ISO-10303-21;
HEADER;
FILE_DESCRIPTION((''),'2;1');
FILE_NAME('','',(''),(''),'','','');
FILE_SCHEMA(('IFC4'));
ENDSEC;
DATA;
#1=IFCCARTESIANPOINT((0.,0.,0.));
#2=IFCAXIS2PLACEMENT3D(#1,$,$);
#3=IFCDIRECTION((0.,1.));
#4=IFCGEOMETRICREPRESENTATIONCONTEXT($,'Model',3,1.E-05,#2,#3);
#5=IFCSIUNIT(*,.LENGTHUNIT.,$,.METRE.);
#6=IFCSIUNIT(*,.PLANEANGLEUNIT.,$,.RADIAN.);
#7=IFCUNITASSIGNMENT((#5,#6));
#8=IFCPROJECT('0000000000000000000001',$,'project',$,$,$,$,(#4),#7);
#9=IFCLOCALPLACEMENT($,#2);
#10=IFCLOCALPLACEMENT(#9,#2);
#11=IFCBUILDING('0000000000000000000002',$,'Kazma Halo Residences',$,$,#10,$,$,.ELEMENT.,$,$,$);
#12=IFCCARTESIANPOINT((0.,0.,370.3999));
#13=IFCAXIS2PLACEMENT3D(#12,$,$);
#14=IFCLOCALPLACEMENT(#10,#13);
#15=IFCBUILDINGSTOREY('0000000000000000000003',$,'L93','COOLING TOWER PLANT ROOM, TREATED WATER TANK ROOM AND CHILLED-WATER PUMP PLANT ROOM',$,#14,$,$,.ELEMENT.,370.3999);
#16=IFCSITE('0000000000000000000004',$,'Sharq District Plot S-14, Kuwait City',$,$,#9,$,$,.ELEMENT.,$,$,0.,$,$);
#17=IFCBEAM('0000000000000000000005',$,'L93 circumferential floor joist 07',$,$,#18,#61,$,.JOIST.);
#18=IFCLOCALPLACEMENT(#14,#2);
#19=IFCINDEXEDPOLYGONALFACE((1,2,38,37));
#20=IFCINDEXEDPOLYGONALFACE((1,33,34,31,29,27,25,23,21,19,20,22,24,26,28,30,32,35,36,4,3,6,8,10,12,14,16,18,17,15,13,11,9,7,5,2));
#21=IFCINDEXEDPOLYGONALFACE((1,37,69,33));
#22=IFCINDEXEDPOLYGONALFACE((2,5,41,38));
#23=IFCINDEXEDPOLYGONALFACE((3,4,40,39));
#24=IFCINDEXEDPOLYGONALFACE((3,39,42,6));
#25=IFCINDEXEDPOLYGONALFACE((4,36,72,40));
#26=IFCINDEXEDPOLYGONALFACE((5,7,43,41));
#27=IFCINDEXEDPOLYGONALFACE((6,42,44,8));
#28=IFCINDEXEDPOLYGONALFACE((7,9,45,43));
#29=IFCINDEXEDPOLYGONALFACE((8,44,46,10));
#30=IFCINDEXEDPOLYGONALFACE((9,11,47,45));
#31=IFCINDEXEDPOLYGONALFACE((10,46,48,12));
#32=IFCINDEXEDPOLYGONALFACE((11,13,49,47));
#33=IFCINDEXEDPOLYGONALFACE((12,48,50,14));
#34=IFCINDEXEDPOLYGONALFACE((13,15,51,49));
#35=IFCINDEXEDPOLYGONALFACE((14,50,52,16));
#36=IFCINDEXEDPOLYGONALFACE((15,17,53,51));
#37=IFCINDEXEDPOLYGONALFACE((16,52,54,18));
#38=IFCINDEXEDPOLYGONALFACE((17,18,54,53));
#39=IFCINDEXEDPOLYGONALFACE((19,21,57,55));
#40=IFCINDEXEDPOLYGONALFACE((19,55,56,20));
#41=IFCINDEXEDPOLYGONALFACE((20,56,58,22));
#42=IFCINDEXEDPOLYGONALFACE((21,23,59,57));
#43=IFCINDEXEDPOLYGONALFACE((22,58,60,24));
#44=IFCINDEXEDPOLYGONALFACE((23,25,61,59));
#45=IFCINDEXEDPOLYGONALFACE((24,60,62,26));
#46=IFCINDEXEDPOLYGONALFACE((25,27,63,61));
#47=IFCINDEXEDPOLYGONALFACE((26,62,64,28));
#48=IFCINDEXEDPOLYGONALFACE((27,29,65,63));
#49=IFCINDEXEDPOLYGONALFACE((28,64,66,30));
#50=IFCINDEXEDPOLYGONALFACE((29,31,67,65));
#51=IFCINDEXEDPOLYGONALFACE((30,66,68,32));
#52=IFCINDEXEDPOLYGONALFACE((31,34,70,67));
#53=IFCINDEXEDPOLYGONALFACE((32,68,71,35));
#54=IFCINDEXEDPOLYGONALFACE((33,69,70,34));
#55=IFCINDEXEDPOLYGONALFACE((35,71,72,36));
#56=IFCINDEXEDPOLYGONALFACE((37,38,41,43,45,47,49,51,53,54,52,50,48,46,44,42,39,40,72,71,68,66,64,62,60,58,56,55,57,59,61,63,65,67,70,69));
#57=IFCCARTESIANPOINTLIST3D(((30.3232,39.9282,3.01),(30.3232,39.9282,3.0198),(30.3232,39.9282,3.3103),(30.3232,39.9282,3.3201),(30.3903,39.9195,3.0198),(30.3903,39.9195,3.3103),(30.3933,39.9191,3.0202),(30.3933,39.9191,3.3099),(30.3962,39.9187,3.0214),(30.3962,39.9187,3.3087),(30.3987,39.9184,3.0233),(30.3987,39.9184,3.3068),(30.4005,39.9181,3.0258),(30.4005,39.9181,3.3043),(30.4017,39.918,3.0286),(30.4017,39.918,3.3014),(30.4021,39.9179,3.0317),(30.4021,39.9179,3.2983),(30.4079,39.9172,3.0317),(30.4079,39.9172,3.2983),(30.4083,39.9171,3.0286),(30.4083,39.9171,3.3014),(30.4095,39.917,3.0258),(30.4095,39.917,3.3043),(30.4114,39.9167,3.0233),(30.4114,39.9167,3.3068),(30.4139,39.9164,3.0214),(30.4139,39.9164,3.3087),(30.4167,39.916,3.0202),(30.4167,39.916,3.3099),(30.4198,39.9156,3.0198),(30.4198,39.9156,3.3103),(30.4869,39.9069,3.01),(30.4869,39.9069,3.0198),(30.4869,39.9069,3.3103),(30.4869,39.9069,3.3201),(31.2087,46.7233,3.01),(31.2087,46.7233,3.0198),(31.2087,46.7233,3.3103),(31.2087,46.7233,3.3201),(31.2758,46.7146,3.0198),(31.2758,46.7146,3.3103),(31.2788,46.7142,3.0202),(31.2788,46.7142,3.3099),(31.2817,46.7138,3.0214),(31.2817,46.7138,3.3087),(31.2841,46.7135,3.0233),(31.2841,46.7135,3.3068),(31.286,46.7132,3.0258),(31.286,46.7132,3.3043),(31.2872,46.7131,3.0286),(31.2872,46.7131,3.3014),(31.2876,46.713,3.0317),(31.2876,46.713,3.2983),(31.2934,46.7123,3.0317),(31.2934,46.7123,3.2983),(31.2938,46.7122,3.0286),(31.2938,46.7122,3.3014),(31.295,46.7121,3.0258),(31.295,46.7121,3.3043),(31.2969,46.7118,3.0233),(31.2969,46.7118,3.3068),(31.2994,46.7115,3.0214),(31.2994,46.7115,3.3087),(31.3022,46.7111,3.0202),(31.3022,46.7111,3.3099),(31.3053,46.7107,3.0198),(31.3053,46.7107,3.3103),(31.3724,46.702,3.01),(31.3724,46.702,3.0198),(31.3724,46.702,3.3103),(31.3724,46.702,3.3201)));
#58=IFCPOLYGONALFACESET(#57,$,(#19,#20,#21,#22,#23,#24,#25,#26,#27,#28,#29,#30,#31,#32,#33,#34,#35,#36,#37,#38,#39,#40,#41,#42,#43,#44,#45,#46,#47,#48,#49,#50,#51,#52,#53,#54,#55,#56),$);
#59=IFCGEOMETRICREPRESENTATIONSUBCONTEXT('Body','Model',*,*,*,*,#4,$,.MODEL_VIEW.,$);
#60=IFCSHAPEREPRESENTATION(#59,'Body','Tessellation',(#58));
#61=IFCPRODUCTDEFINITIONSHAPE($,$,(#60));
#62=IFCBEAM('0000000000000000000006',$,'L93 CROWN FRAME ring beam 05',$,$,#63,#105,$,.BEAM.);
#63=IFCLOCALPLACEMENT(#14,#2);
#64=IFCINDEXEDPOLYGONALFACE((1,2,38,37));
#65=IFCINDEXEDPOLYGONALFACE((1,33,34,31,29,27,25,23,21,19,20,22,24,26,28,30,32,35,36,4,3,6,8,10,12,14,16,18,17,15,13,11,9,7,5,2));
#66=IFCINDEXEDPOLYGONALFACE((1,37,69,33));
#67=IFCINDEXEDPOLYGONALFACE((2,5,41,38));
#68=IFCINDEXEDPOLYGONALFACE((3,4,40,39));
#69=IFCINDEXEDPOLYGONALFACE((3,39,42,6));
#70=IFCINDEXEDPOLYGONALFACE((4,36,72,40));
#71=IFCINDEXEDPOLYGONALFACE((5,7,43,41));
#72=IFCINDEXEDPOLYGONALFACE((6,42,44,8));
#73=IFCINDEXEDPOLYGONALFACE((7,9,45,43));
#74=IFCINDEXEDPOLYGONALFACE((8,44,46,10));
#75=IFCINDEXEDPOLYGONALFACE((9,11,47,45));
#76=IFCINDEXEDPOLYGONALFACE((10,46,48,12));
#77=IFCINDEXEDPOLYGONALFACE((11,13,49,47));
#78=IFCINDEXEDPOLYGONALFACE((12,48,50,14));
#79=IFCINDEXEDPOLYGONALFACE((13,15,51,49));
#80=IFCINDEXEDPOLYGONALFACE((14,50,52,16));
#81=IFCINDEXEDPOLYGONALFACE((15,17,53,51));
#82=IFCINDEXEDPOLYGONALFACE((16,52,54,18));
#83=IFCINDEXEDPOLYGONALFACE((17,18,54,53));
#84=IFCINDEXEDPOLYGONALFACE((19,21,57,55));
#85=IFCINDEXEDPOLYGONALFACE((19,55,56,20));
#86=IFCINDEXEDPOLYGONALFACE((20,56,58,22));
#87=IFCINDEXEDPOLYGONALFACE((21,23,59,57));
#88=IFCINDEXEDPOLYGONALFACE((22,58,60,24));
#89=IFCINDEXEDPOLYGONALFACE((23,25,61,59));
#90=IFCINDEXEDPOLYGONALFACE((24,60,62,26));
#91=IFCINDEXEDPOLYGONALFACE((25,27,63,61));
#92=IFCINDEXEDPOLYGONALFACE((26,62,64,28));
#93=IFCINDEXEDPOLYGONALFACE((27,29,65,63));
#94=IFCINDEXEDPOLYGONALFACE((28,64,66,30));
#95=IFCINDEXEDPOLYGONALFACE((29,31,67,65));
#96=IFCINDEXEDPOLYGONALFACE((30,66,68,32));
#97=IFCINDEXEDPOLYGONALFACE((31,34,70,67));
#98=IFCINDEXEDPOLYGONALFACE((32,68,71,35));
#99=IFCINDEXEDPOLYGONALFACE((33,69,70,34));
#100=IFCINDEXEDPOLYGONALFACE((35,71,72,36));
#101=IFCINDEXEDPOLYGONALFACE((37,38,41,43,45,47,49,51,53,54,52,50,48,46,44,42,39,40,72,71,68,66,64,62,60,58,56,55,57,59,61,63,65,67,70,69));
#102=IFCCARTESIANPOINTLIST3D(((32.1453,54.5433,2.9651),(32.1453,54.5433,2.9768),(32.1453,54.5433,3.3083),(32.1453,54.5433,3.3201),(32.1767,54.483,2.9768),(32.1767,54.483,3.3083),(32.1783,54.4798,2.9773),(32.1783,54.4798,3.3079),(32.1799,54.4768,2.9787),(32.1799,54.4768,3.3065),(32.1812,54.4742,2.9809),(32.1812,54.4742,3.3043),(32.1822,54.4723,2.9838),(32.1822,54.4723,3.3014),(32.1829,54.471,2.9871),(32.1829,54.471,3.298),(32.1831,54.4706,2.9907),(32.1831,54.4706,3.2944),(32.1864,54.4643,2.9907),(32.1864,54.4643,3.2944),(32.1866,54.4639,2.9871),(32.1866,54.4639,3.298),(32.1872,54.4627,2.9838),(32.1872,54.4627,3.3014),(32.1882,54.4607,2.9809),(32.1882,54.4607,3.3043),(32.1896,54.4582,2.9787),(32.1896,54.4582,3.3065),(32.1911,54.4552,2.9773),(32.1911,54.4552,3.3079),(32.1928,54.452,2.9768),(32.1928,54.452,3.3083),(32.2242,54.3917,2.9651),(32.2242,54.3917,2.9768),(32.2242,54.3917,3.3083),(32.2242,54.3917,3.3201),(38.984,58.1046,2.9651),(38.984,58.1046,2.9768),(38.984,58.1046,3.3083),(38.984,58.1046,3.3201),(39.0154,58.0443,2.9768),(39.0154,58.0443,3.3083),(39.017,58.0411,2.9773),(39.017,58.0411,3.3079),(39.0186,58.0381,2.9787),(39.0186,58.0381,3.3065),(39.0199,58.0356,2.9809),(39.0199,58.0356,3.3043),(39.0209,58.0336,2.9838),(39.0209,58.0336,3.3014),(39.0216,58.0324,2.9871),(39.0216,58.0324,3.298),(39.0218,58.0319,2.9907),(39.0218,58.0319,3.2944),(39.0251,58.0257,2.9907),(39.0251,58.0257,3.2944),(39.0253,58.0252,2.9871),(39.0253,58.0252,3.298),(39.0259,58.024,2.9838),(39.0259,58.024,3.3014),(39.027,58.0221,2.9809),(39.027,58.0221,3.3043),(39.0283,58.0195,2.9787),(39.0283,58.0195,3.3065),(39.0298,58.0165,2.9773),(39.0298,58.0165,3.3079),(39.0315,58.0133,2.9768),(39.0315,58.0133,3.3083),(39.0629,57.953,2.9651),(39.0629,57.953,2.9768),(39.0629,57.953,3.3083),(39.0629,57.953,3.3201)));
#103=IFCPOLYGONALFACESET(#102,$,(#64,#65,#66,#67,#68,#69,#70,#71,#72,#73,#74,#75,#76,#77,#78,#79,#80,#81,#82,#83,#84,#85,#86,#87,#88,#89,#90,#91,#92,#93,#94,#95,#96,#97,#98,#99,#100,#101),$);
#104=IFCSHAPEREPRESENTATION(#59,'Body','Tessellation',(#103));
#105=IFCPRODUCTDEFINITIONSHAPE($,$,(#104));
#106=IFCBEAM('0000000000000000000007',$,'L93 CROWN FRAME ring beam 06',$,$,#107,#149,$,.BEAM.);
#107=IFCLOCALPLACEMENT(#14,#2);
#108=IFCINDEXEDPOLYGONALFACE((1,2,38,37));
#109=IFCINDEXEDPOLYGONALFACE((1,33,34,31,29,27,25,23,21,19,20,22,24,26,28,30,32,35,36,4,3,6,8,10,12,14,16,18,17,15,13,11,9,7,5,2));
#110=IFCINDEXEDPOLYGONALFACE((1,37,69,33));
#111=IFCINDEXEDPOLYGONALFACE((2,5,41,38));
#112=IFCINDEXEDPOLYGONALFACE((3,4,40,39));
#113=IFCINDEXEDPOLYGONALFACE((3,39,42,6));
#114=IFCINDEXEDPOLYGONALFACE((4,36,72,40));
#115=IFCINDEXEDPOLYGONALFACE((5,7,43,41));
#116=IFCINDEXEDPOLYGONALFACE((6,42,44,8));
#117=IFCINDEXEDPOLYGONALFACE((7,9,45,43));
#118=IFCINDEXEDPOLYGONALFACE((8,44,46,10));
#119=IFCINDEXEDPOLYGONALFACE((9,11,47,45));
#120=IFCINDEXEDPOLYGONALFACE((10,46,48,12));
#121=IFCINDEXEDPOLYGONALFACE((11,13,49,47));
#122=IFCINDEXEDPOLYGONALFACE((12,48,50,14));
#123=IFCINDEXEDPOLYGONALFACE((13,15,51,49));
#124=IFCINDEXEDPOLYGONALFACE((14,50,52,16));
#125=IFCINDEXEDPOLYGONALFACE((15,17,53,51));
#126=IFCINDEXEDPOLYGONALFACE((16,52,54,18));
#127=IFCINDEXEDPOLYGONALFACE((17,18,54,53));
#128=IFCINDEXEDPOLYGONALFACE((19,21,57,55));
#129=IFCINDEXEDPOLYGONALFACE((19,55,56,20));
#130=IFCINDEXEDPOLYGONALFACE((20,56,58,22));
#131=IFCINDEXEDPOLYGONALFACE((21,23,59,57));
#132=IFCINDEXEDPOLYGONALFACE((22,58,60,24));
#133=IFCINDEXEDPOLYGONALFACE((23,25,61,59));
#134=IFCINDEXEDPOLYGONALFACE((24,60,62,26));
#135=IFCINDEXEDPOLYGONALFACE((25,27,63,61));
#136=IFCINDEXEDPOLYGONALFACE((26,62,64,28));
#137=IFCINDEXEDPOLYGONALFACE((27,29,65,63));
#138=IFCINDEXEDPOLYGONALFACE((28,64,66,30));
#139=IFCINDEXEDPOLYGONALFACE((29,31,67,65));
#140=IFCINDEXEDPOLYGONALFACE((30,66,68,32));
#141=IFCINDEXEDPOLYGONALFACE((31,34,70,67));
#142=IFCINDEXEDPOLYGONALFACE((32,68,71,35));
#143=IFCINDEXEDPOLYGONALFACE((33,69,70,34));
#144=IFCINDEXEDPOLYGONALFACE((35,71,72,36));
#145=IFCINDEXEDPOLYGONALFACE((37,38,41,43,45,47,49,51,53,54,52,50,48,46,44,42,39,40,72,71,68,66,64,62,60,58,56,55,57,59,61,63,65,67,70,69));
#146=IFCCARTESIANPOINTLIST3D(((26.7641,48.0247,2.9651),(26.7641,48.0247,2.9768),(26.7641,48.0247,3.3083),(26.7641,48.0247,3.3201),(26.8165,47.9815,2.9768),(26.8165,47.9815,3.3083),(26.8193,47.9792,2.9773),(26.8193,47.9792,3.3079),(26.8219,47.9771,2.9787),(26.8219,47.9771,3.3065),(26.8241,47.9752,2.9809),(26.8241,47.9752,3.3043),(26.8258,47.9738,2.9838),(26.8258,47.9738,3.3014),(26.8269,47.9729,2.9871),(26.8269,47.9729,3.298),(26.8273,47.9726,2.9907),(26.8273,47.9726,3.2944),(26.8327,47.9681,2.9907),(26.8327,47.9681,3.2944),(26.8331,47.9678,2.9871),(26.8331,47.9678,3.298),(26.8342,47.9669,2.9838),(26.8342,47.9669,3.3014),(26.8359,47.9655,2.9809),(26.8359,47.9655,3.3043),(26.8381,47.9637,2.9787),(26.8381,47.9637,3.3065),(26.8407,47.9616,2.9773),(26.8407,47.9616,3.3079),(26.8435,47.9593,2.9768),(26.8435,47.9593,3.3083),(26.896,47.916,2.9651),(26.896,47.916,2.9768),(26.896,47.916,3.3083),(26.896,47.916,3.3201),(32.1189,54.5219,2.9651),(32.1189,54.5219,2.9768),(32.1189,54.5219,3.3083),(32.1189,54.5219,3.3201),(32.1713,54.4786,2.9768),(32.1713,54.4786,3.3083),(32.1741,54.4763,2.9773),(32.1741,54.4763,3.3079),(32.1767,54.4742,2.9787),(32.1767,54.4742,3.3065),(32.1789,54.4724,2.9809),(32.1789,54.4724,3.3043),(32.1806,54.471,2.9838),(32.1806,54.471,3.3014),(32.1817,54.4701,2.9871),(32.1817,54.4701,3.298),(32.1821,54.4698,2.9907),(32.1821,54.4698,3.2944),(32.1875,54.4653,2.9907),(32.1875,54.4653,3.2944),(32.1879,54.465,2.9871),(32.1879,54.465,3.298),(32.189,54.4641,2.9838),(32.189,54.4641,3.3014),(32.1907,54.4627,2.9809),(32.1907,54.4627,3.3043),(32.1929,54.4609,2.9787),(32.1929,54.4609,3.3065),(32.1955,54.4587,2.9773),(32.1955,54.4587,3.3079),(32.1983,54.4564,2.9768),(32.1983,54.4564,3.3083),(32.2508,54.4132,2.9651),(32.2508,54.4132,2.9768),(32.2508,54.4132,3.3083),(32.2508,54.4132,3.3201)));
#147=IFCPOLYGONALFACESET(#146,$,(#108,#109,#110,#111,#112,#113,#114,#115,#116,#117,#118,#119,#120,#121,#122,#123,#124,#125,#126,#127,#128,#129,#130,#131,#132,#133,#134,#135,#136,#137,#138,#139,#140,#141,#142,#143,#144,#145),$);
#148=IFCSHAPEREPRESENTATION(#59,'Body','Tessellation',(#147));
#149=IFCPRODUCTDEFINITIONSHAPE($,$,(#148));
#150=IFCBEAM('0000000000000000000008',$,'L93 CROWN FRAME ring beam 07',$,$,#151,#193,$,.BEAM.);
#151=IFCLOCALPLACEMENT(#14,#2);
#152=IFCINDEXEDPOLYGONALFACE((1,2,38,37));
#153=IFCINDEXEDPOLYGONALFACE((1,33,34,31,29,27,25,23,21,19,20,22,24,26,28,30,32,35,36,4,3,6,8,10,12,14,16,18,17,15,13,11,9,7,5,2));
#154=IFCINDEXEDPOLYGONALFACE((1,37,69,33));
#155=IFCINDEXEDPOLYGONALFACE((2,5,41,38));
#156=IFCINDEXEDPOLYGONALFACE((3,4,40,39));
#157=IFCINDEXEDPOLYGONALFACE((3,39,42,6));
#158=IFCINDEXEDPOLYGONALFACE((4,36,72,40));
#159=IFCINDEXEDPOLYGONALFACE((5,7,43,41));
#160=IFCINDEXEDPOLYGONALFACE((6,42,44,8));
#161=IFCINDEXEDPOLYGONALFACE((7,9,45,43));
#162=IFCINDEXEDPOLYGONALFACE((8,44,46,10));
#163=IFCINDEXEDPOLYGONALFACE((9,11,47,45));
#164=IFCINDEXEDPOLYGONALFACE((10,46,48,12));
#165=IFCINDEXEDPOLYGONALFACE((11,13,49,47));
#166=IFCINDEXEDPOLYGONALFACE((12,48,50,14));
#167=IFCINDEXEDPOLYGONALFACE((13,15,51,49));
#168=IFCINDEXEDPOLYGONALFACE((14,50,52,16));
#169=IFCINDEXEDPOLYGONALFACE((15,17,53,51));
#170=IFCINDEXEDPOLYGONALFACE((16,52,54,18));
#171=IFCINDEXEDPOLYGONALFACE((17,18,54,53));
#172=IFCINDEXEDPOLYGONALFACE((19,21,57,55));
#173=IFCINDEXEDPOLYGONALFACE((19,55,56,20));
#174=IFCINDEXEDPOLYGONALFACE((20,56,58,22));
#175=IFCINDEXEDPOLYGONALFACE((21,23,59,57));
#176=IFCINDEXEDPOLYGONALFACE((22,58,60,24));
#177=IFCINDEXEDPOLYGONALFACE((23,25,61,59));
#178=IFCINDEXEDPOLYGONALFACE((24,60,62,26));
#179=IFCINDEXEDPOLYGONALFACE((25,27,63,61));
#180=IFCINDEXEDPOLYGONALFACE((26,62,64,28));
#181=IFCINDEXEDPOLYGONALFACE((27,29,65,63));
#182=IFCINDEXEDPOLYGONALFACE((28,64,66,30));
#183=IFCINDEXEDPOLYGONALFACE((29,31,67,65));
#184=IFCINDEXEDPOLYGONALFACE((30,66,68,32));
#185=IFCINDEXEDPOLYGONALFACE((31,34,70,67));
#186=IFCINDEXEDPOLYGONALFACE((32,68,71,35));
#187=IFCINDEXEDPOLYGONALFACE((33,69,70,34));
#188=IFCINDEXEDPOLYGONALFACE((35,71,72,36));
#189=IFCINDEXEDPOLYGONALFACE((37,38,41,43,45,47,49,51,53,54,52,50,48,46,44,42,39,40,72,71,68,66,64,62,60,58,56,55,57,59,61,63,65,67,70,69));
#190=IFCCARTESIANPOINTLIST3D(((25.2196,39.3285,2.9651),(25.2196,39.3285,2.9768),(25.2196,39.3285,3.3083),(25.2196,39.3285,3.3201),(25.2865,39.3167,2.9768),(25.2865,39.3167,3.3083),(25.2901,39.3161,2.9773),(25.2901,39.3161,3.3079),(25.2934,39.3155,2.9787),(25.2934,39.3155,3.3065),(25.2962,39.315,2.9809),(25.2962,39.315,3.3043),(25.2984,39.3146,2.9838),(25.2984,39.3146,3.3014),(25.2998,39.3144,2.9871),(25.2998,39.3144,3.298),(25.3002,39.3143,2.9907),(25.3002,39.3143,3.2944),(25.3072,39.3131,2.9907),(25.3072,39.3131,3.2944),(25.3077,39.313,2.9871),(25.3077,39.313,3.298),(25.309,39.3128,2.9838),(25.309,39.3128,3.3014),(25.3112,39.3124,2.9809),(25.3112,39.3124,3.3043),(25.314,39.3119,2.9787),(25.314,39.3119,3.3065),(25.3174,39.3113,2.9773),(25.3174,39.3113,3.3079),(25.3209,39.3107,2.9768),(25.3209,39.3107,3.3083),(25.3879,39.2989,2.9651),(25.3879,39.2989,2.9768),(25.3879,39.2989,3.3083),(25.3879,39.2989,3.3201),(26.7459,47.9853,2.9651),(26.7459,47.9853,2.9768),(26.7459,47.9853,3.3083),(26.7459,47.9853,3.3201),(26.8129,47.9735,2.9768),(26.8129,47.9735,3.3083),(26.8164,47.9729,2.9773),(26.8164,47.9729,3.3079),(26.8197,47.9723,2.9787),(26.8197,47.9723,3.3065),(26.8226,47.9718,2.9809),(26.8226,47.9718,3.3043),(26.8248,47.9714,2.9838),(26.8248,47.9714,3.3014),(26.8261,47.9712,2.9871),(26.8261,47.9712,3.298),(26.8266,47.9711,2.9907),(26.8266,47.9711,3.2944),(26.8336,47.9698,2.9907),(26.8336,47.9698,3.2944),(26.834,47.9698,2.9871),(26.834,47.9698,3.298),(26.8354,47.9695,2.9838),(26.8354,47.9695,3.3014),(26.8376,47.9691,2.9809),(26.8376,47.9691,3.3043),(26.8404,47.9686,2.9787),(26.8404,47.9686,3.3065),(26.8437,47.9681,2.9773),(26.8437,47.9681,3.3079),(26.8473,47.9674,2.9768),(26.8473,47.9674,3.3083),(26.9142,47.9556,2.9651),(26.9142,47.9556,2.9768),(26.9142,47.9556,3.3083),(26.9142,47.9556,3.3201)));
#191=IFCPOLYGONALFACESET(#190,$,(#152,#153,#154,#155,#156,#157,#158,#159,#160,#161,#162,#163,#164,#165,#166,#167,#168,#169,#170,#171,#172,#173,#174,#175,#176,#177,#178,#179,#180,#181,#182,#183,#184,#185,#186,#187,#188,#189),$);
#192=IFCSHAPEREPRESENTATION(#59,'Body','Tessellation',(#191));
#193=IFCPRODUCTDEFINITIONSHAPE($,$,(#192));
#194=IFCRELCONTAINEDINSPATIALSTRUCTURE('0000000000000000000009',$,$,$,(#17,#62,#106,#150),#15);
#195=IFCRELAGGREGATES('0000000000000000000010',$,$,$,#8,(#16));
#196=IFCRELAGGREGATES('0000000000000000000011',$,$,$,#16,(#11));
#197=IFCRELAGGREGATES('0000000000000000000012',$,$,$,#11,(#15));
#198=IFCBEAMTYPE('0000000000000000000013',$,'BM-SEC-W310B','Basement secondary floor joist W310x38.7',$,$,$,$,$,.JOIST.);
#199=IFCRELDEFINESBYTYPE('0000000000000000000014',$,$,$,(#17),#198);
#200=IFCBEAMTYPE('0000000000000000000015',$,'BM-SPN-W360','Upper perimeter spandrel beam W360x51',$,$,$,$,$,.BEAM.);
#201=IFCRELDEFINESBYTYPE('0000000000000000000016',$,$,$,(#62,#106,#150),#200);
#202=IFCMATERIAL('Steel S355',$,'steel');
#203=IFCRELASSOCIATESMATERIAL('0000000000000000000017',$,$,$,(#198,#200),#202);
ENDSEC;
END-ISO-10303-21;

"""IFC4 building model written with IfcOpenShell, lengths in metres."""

from ifc_helpers import new_model, si_unit, direction, frame, origin, origin_2d, place, context, subcontext, project, spatial, i_section, extrude, material, material_profile, profile_set, type_object, element, save


model = new_model("IFC4")

# Units and contexts
model_context = context("Model", 3, precision=1e-05, world=origin(), true_north=direction((0.0, 1.0)))
body_context = subcontext(model_context, "Body", "Model", "MODEL_VIEW")
ifc_project = project(units=[si_unit("LENGTHUNIT", "METRE"), si_unit("PLANEANGLEUNIT", "RADIAN")], contexts=[model_context])

# Site, building, storey
site_placement = place(None, origin())
site = spatial("IfcSite", under=ifc_project, at=site_placement, Name="Sharq District Plot S-14, Kuwait City", CompositionType="ELEMENT", RefElevation=0.0)
building_placement = place(site_placement, origin())
building = spatial("IfcBuilding", under=site, at=building_placement, Name="Kazma Halo Residences", CompositionType="ELEMENT")
storey_placement = place(building_placement, frame((0.0, 0.0, 370.3999)))
storey = spatial("IfcBuildingStorey", under=building, at=storey_placement, Name="L93", Description="COOLING TOWER PLANT ROOM, TREATED WATER TANK ROOM AND CHILLED-WATER PUMP PLANT ROOM", CompositionType="ELEMENT", Elevation=370.3999)

# Shared definitions
ifc_material_1 = material(Name="Steel S355", Category="steel")

# Beams
ifc_material_profile_1 = material_profile(ifc_material_1, i_section(OverallWidth=0.165, OverallDepth=0.3101, WebThickness=0.0059, FlangeThickness=0.0098, FilletRadius=0.012, at=origin_2d()), Name="W310x38.7")
ifc_profile_set_1 = profile_set([ifc_material_profile_1], Name="Steel S355")
beam_type_1 = type_object("IfcBeamType", Name="BM-SEC-W310B", Description="Basement secondary floor joist W310x38.7", PredefinedType="JOIST", material=ifc_profile_set_1)
beam_1_placement = place(storey_placement, frame((31.2905, 46.7126, 3.165), z_axis=(-0.12922, -0.991616, 0.0), x_axis=(0.991616, -0.12922, 0.0)))
element("IfcBeam", 1, at=beam_1_placement, inside=storey, type_object=beam_type_1, Name="L93 circumferential floor joist 07", PredefinedType="JOIST", context=body_context, shape_type="SweptSolid", body=[
    extrude(i_section(OverallWidth=0.165, OverallDepth=0.3101, WebThickness=0.0059, FlangeThickness=0.0098, FilletRadius=0.012, at=origin_2d()), origin(), (0.0, 0.0, 1.0), 6.8525),
])
ifc_material_profile_2 = material_profile(ifc_material_1, i_section(OverallWidth=0.1709, OverallDepth=0.355, WebThickness=0.0071, FlangeThickness=0.0117, FilletRadius=0.0139, at=origin_2d()), Name="W360x51")
ifc_profile_set_2 = profile_set([ifc_material_profile_2], Name="Steel S355")
beam_type_2 = type_object("IfcBeamType", Name="BM-SPN-W360", Description="Upper perimeter spandrel beam W360x51", PredefinedType="BEAM", material=ifc_profile_set_2)
beam_2_placement = place(storey_placement, frame((39.0234, 58.0288, 3.1426), z_axis=(-0.886941, -0.461883, 0.0), x_axis=(0.461883, -0.886941, 0.0)))
element("IfcBeam", 2, at=beam_2_placement, inside=storey, type_object=beam_type_2, Name="L93 CROWN FRAME ring beam 05", PredefinedType="BEAM", context=body_context, shape_type="SweptSolid", body=[
    extrude(i_section(OverallWidth=0.1709, OverallDepth=0.355, WebThickness=0.0071, FlangeThickness=0.0117, FilletRadius=0.0139, at=origin_2d()), origin(), (0.0, 0.0, 1.0), 7.7104),
])
beam_3_placement = place(storey_placement, frame((32.1848, 54.4675, 3.1426), z_axis=(-0.636005, -0.771685, 0.0), x_axis=(0.771685, -0.636005, 0.0)))
element("IfcBeam", 3, at=beam_3_placement, inside=storey, type_object=beam_type_2, Name="L93 CROWN FRAME ring beam 06", PredefinedType="BEAM", context=body_context, shape_type="SweptSolid", body=[
    extrude(i_section(OverallWidth=0.1709, OverallDepth=0.355, WebThickness=0.0071, FlangeThickness=0.0117, FilletRadius=0.0139, at=origin_2d()), origin(), (0.0, 0.0, 1.0), 8.4194),
])
beam_4_placement = place(storey_placement, frame((26.8301, 47.9705, 3.1426), z_axis=(-0.173643, -0.984809, 0.0), x_axis=(0.984809, -0.173643, 0.0)))
element("IfcBeam", 4, at=beam_4_placement, inside=storey, type_object=beam_type_2, Name="L93 CROWN FRAME ring beam 07", PredefinedType="BEAM", context=body_context, shape_type="SweptSolid", body=[
    extrude(i_section(OverallWidth=0.1709, OverallDepth=0.355, WebThickness=0.0071, FlangeThickness=0.0117, FilletRadius=0.0139, at=origin_2d()), origin(), (0.0, 0.0, 1.0), 8.7903),
])

save(model, "model.ifc")
